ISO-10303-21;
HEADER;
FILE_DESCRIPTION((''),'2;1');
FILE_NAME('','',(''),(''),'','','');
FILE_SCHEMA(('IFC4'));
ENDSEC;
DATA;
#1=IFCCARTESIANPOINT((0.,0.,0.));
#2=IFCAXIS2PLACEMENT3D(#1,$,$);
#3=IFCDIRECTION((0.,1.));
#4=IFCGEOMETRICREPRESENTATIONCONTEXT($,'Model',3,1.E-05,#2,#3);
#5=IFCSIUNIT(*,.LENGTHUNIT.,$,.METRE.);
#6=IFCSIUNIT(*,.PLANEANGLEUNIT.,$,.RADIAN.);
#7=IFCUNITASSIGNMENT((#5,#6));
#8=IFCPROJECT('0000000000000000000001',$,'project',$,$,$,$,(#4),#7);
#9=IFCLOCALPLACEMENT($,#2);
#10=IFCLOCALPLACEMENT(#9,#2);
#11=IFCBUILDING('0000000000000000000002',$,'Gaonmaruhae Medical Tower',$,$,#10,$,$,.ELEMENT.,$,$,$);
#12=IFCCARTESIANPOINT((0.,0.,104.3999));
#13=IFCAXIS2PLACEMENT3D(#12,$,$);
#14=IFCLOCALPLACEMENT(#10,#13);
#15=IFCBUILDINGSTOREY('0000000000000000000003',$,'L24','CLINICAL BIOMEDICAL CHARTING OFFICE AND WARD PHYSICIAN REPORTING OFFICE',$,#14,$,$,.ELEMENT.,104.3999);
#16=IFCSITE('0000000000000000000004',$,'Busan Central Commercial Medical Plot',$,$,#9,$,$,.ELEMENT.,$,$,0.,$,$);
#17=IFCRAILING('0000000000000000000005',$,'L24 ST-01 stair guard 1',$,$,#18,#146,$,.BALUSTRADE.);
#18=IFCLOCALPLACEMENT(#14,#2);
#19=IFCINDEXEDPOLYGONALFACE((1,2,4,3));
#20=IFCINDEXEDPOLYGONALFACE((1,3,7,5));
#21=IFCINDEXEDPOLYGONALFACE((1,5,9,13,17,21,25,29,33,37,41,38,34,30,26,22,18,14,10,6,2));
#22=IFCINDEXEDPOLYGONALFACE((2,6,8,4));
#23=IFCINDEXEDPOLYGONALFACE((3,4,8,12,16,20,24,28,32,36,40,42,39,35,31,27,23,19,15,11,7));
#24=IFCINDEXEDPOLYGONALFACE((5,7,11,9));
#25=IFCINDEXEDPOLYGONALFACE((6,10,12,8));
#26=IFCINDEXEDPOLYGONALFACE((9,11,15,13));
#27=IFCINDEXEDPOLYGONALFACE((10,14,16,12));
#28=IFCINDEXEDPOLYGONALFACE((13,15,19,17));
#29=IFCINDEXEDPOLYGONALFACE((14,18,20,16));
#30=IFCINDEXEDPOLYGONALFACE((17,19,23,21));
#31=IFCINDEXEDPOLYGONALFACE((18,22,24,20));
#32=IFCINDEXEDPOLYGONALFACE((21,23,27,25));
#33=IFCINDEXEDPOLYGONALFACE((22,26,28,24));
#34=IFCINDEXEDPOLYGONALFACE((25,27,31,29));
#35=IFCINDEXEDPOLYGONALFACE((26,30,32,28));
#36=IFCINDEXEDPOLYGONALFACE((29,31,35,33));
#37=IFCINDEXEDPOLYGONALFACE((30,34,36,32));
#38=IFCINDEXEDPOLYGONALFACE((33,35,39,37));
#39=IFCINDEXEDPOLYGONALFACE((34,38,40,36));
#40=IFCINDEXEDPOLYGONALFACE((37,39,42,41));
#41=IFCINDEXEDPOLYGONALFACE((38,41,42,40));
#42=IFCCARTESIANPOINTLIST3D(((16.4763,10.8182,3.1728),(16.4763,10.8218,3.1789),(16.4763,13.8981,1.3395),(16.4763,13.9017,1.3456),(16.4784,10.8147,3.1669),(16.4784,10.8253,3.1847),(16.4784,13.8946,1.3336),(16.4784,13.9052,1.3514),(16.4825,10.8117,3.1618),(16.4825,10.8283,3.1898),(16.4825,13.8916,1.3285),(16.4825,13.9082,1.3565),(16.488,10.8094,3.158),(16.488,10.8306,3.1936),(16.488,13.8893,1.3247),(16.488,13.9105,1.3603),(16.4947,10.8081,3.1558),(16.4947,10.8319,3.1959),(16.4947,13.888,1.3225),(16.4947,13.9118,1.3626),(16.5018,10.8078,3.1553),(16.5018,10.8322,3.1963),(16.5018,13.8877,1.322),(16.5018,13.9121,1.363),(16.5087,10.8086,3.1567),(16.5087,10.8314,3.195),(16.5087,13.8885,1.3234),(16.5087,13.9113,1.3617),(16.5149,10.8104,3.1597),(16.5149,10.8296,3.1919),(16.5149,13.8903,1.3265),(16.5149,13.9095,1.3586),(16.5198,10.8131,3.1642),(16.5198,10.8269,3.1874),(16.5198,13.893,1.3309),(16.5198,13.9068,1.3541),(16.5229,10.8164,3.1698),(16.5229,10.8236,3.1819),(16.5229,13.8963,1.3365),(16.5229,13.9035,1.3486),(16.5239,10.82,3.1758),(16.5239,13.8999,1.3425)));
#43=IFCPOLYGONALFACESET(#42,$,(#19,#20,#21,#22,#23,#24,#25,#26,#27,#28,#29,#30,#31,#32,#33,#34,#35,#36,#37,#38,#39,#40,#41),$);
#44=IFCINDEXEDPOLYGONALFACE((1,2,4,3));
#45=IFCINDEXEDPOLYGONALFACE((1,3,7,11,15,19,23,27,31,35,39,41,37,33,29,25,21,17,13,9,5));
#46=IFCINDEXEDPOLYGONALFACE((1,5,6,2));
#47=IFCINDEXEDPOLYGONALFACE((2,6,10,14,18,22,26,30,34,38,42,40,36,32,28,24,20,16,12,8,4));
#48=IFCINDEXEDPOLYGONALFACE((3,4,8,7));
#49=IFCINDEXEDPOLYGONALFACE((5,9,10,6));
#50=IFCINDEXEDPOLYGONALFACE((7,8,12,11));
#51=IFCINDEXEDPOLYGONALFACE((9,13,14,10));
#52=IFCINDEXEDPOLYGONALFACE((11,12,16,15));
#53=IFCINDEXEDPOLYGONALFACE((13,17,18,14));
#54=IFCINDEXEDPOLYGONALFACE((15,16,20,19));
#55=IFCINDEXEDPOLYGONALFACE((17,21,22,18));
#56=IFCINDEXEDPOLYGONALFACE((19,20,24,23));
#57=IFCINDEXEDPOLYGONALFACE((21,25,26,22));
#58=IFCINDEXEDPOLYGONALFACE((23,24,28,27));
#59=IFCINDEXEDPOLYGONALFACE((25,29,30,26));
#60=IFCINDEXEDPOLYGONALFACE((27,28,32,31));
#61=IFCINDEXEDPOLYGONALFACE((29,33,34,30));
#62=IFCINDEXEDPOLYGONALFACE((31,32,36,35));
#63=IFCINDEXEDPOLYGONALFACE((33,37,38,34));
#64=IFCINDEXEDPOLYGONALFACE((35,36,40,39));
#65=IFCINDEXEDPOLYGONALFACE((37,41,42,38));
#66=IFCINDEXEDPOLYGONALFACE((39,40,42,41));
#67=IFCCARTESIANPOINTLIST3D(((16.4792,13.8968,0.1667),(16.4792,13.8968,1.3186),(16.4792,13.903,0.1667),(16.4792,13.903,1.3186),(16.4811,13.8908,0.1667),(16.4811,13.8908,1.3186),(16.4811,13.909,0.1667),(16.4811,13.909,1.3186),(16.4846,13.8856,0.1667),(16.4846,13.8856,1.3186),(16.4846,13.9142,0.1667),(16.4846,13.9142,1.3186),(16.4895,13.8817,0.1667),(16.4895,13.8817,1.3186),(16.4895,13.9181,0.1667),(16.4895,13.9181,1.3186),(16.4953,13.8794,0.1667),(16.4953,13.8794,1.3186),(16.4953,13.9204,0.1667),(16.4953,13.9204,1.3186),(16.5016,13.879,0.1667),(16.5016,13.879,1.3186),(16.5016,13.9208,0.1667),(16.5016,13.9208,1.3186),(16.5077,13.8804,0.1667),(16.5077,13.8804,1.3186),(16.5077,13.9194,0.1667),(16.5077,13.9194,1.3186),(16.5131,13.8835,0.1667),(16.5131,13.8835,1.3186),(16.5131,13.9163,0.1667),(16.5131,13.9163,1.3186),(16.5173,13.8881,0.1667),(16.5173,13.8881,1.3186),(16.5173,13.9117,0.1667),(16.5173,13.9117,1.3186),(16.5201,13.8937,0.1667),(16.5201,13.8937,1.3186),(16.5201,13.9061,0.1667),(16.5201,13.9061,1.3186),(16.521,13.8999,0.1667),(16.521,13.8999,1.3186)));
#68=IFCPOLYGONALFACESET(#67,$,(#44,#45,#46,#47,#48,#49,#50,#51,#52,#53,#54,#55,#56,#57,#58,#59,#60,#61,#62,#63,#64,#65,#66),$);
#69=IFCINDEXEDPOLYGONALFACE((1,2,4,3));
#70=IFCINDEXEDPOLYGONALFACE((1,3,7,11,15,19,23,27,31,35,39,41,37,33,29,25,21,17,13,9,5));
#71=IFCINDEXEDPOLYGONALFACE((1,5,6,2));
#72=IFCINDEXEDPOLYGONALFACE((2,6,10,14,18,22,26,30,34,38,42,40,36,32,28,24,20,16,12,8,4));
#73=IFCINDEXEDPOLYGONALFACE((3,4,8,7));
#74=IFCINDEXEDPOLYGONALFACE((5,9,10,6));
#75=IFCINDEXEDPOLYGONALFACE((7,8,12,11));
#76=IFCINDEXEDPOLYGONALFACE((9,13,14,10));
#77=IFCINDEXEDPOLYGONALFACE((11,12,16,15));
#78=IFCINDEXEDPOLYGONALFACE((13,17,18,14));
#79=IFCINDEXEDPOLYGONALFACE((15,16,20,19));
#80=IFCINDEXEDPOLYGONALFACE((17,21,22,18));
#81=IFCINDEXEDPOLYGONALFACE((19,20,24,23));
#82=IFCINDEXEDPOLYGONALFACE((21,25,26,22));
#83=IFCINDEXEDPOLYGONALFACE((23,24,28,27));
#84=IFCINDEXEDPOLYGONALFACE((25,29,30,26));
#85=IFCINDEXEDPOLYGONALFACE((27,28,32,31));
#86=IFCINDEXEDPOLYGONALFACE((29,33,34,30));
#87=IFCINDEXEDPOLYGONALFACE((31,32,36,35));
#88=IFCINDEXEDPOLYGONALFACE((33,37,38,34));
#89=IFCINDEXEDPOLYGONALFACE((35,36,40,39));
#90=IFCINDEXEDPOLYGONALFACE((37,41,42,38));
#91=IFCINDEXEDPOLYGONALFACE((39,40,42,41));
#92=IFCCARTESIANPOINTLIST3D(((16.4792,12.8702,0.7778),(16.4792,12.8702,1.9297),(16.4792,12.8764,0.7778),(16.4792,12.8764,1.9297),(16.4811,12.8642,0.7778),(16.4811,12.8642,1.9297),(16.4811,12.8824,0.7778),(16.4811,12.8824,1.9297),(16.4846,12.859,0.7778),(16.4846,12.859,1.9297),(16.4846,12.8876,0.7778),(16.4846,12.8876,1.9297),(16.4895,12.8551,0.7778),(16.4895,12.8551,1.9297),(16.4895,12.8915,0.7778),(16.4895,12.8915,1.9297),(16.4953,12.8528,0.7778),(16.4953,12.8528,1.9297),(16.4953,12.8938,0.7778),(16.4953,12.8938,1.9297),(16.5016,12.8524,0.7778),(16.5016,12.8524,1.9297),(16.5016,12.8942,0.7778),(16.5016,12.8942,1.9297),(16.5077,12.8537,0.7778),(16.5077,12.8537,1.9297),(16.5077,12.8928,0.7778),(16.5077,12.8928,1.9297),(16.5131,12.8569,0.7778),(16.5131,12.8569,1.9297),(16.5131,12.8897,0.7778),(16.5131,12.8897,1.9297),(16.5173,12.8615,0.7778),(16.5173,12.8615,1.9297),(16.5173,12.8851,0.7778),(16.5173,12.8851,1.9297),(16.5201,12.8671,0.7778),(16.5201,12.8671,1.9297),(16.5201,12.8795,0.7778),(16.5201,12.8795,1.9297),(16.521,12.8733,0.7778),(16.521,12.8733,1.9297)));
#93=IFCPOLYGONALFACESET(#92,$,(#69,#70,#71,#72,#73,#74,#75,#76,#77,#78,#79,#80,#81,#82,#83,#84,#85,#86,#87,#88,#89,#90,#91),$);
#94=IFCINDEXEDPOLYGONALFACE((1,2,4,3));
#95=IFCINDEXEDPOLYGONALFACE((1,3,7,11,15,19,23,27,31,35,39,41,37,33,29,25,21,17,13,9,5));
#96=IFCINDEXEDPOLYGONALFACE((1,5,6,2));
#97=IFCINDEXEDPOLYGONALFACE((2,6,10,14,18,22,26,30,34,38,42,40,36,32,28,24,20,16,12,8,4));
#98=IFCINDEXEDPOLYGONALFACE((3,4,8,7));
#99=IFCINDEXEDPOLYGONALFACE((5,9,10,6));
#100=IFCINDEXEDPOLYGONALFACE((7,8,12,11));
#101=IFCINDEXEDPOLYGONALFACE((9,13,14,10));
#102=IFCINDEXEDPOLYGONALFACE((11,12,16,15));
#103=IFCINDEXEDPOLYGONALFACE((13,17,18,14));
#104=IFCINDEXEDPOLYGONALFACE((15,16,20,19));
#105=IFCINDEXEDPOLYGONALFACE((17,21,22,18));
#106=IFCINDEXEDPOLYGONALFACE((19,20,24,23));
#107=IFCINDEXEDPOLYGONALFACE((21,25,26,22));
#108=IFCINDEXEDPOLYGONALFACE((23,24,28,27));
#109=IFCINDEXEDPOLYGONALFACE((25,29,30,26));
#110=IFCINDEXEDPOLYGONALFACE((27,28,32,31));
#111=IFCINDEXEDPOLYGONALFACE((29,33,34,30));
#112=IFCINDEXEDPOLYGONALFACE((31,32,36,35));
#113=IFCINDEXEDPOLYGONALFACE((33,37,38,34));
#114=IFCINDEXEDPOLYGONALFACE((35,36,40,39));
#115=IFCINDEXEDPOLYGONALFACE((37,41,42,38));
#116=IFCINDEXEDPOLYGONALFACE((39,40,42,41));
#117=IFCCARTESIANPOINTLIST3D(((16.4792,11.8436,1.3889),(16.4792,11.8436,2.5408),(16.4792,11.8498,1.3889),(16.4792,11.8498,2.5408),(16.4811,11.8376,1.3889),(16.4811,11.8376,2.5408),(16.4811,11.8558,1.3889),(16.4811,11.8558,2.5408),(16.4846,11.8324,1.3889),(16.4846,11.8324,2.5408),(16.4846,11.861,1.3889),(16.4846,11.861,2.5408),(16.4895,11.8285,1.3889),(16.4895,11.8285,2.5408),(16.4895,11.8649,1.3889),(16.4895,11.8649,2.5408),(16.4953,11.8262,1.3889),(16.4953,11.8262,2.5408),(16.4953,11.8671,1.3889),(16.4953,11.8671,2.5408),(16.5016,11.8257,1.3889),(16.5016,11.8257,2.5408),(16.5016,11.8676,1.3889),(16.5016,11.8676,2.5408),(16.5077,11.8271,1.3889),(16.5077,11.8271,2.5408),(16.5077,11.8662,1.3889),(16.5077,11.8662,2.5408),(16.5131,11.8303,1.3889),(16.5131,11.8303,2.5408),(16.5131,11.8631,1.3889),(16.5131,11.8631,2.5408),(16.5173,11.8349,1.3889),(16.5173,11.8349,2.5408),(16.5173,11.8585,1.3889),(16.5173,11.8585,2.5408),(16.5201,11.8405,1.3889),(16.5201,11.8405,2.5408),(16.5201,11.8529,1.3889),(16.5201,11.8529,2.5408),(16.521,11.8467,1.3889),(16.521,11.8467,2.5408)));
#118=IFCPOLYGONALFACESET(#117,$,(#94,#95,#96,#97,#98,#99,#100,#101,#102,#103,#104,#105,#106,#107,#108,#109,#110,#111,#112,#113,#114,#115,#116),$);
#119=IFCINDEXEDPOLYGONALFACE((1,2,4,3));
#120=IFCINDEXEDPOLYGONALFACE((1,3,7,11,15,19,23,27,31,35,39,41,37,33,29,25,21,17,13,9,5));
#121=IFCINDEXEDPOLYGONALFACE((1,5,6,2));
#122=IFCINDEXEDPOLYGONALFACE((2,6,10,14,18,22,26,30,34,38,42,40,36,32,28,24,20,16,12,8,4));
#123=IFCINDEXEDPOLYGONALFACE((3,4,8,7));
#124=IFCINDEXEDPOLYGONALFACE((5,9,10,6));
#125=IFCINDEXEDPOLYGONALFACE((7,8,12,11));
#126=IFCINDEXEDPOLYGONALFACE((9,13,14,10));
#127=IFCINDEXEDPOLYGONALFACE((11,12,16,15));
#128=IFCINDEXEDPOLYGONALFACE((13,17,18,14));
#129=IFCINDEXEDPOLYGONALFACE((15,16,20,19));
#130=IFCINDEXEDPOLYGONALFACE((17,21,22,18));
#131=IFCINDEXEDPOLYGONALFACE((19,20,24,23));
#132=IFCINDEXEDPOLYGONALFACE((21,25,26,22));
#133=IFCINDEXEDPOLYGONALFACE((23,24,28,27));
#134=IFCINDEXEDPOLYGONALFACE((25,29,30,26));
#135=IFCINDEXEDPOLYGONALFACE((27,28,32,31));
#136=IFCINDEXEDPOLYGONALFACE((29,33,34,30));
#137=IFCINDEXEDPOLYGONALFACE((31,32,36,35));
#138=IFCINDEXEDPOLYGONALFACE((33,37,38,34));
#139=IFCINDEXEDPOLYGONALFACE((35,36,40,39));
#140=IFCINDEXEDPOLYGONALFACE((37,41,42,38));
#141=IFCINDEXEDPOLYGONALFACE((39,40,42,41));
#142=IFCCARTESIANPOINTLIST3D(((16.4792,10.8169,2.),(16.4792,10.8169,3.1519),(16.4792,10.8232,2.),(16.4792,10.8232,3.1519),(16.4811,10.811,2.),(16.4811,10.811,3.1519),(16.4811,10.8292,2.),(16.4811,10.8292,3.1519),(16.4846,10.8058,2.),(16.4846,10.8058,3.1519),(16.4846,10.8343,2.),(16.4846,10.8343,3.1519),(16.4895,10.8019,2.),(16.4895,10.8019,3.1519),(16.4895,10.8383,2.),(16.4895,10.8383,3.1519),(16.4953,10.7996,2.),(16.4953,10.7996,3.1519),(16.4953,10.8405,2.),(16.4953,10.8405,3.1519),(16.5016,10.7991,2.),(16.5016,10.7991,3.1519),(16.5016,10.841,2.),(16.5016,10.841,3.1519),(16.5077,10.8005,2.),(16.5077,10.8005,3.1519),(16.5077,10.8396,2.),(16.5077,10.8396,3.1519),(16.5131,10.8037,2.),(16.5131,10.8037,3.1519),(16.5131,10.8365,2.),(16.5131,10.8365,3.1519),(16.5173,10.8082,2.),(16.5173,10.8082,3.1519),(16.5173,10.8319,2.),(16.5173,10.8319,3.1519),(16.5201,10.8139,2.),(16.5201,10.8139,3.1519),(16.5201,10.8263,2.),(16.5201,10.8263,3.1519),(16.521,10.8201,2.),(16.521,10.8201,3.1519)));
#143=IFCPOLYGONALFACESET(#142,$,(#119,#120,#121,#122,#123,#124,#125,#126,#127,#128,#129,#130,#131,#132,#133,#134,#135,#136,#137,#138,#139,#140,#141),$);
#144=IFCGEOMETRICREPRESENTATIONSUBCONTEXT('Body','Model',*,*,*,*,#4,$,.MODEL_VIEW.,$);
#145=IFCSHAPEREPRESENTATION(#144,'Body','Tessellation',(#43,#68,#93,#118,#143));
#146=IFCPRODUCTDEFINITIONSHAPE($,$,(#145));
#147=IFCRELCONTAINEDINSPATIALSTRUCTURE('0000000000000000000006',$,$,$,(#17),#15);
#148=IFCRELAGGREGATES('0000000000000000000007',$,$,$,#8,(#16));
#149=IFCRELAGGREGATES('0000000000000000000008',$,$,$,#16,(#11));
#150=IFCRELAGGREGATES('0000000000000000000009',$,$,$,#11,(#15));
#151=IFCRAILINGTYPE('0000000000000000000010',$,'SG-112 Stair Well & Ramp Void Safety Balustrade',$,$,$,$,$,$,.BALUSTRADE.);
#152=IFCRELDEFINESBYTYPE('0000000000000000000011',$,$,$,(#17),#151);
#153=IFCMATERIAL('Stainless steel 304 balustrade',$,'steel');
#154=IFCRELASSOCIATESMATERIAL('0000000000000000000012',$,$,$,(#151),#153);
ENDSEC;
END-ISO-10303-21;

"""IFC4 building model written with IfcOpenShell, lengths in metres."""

from ifc_helpers import new_model, si_unit, direction, frame, origin, origin_2d, place, context, subcontext, project, spatial, circle, extrude, material, type_object, element, save


model = new_model("IFC4")

# Units and contexts
model_context = context("Model", 3, precision=1e-05, world=origin(), true_north=direction((0.0, 1.0)))
body_context = subcontext(model_context, "Body", "Model", "MODEL_VIEW")
ifc_project = project(units=[si_unit("LENGTHUNIT", "METRE"), si_unit("PLANEANGLEUNIT", "RADIAN")], contexts=[model_context])

# Site, building, storey
site_placement = place(None, origin())
site = spatial("IfcSite", under=ifc_project, at=site_placement, Name="Busan Central Commercial Medical Plot", CompositionType="ELEMENT", RefElevation=0.0)
building_placement = place(site_placement, origin())
building = spatial("IfcBuilding", under=site, at=building_placement, Name="Gaonmaruhae Medical Tower", CompositionType="ELEMENT")
storey_placement = place(building_placement, frame((0.0, 0.0, 104.3999)))
storey = spatial("IfcBuildingStorey", under=building, at=storey_placement, Name="L24", Description="CLINICAL BIOMEDICAL CHARTING OFFICE AND WARD PHYSICIAN REPORTING OFFICE", CompositionType="ELEMENT", Elevation=104.3999)

# Railing
ifc_material_1 = material(Name="Stainless steel 304 balustrade", Category="steel")
railing_type_1 = type_object("IfcRailingType", Name="SG-112 Stair Well & Ramp Void Safety Balustrade", PredefinedType="BALUSTRADE", material=ifc_material_1)
railing_1_placement = place(storey_placement, frame((16.5, 13.8999, 0.1667)))
element("IfcRailing", 1, at=railing_1_placement, inside=storey, type_object=railing_type_1, Name="L24 ST-01 stair guard 1", PredefinedType="BALUSTRADE", context=body_context, shape_type="SweptSolid", body=[
    extrude(circle(Radius=0.0239, at=origin_2d()), frame((0.0, 0.0, 1.1758), z_axis=(0.0, -0.859291, 0.511487), x_axis=(1.0, 0.0, 0.0)), (0.0, 0.0, 1.0), 3.5842),
    extrude(circle(Radius=0.021, at=origin_2d()), origin(), (0.0, 0.0, 1.0), 1.1519),
    extrude(circle(Radius=0.021, at=origin_2d()), frame((0.0, -1.0266, 0.6111)), (0.0, 0.0, 1.0), 1.1519),
    extrude(circle(Radius=0.021, at=origin_2d()), frame((0.0, -2.0532, 1.2222)), (0.0, 0.0, 1.0), 1.1519),
    extrude(circle(Radius=0.021, at=origin_2d()), frame((0.0, -3.0798, 1.8333)), (0.0, 0.0, 1.0), 1.1519),
])

save(model, "model.ifc")
